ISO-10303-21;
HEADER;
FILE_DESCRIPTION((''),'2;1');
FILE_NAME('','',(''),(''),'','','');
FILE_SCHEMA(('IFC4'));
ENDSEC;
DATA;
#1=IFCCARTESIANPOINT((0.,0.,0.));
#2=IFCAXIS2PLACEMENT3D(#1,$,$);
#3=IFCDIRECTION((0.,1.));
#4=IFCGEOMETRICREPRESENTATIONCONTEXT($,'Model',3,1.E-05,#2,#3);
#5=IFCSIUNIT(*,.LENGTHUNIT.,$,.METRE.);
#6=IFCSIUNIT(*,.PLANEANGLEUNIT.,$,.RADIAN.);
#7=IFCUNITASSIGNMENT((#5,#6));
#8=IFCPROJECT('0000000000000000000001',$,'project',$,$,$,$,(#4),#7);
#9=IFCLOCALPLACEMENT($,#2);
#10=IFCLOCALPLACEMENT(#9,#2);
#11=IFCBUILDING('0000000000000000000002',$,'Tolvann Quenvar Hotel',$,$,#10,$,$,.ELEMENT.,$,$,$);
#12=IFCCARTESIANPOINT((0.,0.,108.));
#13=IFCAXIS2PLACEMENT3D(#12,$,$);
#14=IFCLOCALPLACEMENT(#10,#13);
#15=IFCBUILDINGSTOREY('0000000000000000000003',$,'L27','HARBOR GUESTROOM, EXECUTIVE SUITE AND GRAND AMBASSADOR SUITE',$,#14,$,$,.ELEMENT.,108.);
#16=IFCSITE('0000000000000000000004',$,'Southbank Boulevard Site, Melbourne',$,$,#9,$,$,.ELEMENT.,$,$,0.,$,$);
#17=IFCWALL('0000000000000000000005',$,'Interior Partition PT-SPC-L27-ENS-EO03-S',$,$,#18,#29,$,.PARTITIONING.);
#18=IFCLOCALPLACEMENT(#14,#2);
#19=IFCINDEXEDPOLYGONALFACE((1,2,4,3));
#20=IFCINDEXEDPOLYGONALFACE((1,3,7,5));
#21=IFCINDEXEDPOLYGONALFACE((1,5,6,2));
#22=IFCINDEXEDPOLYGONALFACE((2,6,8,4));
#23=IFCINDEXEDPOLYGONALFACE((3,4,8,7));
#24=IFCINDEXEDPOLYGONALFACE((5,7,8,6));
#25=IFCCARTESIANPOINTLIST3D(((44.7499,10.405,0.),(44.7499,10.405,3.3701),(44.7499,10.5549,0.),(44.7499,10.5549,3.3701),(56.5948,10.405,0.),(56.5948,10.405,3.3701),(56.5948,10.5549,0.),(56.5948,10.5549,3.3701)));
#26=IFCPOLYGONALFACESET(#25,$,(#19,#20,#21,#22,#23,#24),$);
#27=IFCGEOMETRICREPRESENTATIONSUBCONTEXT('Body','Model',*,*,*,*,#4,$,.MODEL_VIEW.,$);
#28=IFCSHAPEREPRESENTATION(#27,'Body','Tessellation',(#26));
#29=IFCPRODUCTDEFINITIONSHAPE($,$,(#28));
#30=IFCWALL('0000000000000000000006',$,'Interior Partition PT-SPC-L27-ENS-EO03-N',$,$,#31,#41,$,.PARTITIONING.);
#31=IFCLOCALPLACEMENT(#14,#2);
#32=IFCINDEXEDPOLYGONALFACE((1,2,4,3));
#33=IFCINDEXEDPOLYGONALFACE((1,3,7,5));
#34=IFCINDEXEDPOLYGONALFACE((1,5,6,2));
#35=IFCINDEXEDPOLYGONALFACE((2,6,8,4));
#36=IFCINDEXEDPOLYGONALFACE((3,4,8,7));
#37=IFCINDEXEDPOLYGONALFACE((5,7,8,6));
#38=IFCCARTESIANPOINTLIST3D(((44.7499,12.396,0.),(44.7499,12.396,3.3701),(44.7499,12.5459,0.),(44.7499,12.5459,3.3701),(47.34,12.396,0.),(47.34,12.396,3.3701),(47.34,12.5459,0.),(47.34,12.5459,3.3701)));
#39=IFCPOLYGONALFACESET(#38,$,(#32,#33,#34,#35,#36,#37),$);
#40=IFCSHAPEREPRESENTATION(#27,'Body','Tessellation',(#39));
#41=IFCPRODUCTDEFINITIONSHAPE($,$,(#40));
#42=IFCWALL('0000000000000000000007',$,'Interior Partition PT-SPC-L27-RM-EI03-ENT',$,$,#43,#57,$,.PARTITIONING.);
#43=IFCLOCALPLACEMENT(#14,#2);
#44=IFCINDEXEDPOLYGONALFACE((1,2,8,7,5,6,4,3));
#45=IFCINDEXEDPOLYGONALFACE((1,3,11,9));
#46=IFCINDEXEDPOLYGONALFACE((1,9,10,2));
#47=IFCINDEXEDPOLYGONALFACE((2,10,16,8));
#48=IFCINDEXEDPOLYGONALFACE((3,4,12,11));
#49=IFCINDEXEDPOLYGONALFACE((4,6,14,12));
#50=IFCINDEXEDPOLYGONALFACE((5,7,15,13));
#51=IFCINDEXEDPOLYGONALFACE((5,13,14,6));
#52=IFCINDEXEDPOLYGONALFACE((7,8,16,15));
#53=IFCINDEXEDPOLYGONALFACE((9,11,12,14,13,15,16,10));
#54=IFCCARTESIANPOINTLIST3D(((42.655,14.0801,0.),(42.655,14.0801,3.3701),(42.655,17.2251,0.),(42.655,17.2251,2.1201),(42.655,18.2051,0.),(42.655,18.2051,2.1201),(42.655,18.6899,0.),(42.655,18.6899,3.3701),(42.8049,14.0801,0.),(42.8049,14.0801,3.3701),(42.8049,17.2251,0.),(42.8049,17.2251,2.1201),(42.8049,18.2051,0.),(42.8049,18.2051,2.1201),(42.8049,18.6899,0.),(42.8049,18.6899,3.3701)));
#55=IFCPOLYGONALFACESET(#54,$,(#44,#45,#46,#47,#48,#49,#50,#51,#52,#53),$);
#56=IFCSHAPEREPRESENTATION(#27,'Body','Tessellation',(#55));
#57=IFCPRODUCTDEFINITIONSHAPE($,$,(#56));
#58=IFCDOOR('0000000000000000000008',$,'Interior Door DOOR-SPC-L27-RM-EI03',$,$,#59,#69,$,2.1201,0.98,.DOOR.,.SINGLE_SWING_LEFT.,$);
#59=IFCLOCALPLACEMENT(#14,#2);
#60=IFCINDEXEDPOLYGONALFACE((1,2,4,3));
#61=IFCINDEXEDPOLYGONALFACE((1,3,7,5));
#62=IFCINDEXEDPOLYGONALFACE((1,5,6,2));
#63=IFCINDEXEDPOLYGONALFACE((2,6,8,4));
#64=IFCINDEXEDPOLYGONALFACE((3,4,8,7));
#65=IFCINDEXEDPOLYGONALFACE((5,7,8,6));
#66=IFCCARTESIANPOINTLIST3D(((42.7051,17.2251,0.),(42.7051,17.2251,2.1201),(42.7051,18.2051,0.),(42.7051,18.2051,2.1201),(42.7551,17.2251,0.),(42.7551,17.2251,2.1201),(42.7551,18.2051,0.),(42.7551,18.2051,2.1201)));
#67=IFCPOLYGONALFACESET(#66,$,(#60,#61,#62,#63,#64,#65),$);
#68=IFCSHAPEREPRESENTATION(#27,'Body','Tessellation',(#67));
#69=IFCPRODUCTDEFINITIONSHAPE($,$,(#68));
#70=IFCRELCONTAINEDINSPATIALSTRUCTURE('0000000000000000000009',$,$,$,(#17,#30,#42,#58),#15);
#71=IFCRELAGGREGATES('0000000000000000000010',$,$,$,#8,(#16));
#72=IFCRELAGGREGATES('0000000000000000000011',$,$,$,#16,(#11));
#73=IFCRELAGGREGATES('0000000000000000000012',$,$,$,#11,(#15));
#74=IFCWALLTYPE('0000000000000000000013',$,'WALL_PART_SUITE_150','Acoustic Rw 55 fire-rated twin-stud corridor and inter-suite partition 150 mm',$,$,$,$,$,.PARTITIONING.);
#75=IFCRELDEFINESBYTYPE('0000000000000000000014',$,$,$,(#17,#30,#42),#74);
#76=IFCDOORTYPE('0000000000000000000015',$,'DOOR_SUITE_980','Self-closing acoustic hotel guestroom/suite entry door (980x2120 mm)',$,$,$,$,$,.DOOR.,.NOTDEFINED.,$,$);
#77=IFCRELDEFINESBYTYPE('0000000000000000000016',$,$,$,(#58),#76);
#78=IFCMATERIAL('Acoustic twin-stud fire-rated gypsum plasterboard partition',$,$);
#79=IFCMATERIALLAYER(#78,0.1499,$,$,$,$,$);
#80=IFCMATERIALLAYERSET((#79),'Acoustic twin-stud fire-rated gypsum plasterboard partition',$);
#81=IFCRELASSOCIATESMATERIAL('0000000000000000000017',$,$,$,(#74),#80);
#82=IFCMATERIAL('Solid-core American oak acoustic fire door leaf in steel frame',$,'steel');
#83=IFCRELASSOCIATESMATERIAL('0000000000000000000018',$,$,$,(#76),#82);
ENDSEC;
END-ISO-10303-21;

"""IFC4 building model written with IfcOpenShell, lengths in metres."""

from ifc_helpers import new_model, si_unit, direction, frame, frame_2d, origin, place, context, subcontext, project, spatial, rectangle, extrude, source, transform, mapped, material, layer, layer_set, type_object, type_shapes, element, fill, save


model = new_model("IFC4")

# Units and contexts
model_context = context("Model", 3, precision=1e-05, world=origin(), true_north=direction((0.0, 1.0)))
body_context = subcontext(model_context, "Body", "Model", "MODEL_VIEW")
ifc_project = project(units=[si_unit("LENGTHUNIT", "METRE"), si_unit("PLANEANGLEUNIT", "RADIAN")], contexts=[model_context])

# Site, building, storey
site_placement = place(None, origin())
site = spatial("IfcSite", under=ifc_project, at=site_placement, Name="Southbank Boulevard Site, Melbourne", CompositionType="ELEMENT", RefElevation=0.0)
building_placement = place(site_placement, origin())
building = spatial("IfcBuilding", under=site, at=building_placement, Name="Tolvann Quenvar Hotel", CompositionType="ELEMENT")
storey_placement = place(building_placement, frame((0.0, 0.0, 108.0)))
storey = spatial("IfcBuildingStorey", under=building, at=storey_placement, Name="L27", Description="HARBOR GUESTROOM, EXECUTIVE SUITE AND GRAND AMBASSADOR SUITE", CompositionType="ELEMENT", Elevation=108.0)

# Shared definitions
ifc_material_1 = material(Name="Acoustic twin-stud fire-rated gypsum plasterboard partition")
ifc_layer_1 = layer(ifc_material_1, 0.1499)
ifc_layer_set_1 = layer_set([ifc_layer_1], Name="Acoustic twin-stud fire-rated gypsum plasterboard partition")
wall_type_1 = type_object("IfcWallType", Name="WALL_PART_SUITE_150", Description="Acoustic Rw 55 fire-rated twin-stud corridor and inter-suite partition 150 mm", PredefinedType="PARTITIONING", material=ifc_layer_set_1)
ifc_material_2 = material(Name="Solid-core American oak acoustic fire door leaf in steel frame", Category="steel")

# Walls
wall_1_placement = place(storey_placement, frame((44.75, 10.48, 0.0), z_axis=(0.0, 0.0, 1.0), x_axis=(1.0, 0.0, 0.0)))
element("IfcWall", 1, at=wall_1_placement, inside=storey, type_object=wall_type_1, Name="Interior Partition PT-SPC-L27-ENS-EO03-S", PredefinedType="PARTITIONING", context=body_context, shape_type="SweptSolid", body=[
    extrude(rectangle(XDim=11.845, YDim=0.1499, at=frame_2d((5.9224, 0.0))), origin(), (0.0, 0.0, 1.0), 3.3701),
])
wall_2_placement = place(storey_placement, frame((44.75, 12.4709, 0.0), z_axis=(0.0, 0.0, 1.0), x_axis=(1.0, 0.0, 0.0)))
element("IfcWall", 2, at=wall_2_placement, inside=storey, type_object=wall_type_1, Name="Interior Partition PT-SPC-L27-ENS-EO03-N", PredefinedType="PARTITIONING", context=body_context, shape_type="SweptSolid", body=[
    extrude(rectangle(XDim=2.5901, YDim=0.1499, at=frame_2d((1.2949, 0.0))), origin(), (0.0, 0.0, 1.0), 3.3701),
])

# Wall, opening, door
door_type_1 = type_object("IfcDoorType", Name="DOOR_SUITE_980", Description="Self-closing acoustic hotel guestroom/suite entry door (980x2120 mm)", OperationType="NOTDEFINED", PredefinedType="DOOR", material=ifc_material_2)
shared_shape_1 = source(origin(), body_context, "Body", "SweptSolid", [
    extrude(rectangle(XDim=0.98, YDim=2.1201, at=frame_2d((0.49, 1.0601))), frame((0.0, 0.0249, 0.0), z_axis=(0.0, -1.0, 0.0), x_axis=(1.0, 0.0, 0.0)), (0.0, 0.0, 1.0), 0.05),
])
type_shapes(door_type_1, [shared_shape_1])
wall_3_placement = place(storey_placement, frame((42.73, 14.0801, 0.0), z_axis=(0.0, 0.0, 1.0), x_axis=(0.0, 1.0, 0.0)))
wall_3 = element("IfcWall", 3, at=wall_3_placement, inside=storey, type_object=wall_type_1, Name="Interior Partition PT-SPC-L27-RM-EI03-ENT", PredefinedType="PARTITIONING", context=body_context, shape_type="SweptSolid", body=[
    extrude(rectangle(XDim=4.6099, YDim=0.1499, at=frame_2d((2.3049, 0.0))), origin(), (0.0, 0.0, 1.0), 3.3701),
])
opening_1_placement = place(wall_3_placement, frame((3.145, 0.0, 0.0)))
opening_1 = element("IfcOpeningElement", 4, at=opening_1_placement, cuts=wall_3, PredefinedType="OPENING", context=body_context, shape_type="SweptSolid", body=[
    extrude(rectangle(XDim=0.98, YDim=2.1201, at=frame_2d((0.49, 1.0601))), frame((0.0, 0.085, 0.0), z_axis=(0.0, -1.0, 0.0), x_axis=(1.0, 0.0, 0.0)), (0.0, 0.0, 1.0), 0.1699),
])
door_1_placement = place(opening_1_placement, origin())
door_1 = element("IfcDoor", 5, at=door_1_placement, inside=storey, type_object=door_type_1, Name="Interior Door DOOR-SPC-L27-RM-EI03", OperationType="SINGLE_SWING_LEFT", OverallHeight=2.1201, OverallWidth=0.98, PredefinedType="DOOR", context=body_context, shape_type="MappedRepresentation", body=[
    mapped(shared_shape_1, transform((0.0, 0.0, 0.0), x_axis=(1.0, 0.0, 0.0), y_axis=(0.0, 1.0, 0.0), z_axis=(0.0, 0.0, 1.0), scale=1.0)),
])
fill(opening_1, door_1)

save(model, "model.ifc")
